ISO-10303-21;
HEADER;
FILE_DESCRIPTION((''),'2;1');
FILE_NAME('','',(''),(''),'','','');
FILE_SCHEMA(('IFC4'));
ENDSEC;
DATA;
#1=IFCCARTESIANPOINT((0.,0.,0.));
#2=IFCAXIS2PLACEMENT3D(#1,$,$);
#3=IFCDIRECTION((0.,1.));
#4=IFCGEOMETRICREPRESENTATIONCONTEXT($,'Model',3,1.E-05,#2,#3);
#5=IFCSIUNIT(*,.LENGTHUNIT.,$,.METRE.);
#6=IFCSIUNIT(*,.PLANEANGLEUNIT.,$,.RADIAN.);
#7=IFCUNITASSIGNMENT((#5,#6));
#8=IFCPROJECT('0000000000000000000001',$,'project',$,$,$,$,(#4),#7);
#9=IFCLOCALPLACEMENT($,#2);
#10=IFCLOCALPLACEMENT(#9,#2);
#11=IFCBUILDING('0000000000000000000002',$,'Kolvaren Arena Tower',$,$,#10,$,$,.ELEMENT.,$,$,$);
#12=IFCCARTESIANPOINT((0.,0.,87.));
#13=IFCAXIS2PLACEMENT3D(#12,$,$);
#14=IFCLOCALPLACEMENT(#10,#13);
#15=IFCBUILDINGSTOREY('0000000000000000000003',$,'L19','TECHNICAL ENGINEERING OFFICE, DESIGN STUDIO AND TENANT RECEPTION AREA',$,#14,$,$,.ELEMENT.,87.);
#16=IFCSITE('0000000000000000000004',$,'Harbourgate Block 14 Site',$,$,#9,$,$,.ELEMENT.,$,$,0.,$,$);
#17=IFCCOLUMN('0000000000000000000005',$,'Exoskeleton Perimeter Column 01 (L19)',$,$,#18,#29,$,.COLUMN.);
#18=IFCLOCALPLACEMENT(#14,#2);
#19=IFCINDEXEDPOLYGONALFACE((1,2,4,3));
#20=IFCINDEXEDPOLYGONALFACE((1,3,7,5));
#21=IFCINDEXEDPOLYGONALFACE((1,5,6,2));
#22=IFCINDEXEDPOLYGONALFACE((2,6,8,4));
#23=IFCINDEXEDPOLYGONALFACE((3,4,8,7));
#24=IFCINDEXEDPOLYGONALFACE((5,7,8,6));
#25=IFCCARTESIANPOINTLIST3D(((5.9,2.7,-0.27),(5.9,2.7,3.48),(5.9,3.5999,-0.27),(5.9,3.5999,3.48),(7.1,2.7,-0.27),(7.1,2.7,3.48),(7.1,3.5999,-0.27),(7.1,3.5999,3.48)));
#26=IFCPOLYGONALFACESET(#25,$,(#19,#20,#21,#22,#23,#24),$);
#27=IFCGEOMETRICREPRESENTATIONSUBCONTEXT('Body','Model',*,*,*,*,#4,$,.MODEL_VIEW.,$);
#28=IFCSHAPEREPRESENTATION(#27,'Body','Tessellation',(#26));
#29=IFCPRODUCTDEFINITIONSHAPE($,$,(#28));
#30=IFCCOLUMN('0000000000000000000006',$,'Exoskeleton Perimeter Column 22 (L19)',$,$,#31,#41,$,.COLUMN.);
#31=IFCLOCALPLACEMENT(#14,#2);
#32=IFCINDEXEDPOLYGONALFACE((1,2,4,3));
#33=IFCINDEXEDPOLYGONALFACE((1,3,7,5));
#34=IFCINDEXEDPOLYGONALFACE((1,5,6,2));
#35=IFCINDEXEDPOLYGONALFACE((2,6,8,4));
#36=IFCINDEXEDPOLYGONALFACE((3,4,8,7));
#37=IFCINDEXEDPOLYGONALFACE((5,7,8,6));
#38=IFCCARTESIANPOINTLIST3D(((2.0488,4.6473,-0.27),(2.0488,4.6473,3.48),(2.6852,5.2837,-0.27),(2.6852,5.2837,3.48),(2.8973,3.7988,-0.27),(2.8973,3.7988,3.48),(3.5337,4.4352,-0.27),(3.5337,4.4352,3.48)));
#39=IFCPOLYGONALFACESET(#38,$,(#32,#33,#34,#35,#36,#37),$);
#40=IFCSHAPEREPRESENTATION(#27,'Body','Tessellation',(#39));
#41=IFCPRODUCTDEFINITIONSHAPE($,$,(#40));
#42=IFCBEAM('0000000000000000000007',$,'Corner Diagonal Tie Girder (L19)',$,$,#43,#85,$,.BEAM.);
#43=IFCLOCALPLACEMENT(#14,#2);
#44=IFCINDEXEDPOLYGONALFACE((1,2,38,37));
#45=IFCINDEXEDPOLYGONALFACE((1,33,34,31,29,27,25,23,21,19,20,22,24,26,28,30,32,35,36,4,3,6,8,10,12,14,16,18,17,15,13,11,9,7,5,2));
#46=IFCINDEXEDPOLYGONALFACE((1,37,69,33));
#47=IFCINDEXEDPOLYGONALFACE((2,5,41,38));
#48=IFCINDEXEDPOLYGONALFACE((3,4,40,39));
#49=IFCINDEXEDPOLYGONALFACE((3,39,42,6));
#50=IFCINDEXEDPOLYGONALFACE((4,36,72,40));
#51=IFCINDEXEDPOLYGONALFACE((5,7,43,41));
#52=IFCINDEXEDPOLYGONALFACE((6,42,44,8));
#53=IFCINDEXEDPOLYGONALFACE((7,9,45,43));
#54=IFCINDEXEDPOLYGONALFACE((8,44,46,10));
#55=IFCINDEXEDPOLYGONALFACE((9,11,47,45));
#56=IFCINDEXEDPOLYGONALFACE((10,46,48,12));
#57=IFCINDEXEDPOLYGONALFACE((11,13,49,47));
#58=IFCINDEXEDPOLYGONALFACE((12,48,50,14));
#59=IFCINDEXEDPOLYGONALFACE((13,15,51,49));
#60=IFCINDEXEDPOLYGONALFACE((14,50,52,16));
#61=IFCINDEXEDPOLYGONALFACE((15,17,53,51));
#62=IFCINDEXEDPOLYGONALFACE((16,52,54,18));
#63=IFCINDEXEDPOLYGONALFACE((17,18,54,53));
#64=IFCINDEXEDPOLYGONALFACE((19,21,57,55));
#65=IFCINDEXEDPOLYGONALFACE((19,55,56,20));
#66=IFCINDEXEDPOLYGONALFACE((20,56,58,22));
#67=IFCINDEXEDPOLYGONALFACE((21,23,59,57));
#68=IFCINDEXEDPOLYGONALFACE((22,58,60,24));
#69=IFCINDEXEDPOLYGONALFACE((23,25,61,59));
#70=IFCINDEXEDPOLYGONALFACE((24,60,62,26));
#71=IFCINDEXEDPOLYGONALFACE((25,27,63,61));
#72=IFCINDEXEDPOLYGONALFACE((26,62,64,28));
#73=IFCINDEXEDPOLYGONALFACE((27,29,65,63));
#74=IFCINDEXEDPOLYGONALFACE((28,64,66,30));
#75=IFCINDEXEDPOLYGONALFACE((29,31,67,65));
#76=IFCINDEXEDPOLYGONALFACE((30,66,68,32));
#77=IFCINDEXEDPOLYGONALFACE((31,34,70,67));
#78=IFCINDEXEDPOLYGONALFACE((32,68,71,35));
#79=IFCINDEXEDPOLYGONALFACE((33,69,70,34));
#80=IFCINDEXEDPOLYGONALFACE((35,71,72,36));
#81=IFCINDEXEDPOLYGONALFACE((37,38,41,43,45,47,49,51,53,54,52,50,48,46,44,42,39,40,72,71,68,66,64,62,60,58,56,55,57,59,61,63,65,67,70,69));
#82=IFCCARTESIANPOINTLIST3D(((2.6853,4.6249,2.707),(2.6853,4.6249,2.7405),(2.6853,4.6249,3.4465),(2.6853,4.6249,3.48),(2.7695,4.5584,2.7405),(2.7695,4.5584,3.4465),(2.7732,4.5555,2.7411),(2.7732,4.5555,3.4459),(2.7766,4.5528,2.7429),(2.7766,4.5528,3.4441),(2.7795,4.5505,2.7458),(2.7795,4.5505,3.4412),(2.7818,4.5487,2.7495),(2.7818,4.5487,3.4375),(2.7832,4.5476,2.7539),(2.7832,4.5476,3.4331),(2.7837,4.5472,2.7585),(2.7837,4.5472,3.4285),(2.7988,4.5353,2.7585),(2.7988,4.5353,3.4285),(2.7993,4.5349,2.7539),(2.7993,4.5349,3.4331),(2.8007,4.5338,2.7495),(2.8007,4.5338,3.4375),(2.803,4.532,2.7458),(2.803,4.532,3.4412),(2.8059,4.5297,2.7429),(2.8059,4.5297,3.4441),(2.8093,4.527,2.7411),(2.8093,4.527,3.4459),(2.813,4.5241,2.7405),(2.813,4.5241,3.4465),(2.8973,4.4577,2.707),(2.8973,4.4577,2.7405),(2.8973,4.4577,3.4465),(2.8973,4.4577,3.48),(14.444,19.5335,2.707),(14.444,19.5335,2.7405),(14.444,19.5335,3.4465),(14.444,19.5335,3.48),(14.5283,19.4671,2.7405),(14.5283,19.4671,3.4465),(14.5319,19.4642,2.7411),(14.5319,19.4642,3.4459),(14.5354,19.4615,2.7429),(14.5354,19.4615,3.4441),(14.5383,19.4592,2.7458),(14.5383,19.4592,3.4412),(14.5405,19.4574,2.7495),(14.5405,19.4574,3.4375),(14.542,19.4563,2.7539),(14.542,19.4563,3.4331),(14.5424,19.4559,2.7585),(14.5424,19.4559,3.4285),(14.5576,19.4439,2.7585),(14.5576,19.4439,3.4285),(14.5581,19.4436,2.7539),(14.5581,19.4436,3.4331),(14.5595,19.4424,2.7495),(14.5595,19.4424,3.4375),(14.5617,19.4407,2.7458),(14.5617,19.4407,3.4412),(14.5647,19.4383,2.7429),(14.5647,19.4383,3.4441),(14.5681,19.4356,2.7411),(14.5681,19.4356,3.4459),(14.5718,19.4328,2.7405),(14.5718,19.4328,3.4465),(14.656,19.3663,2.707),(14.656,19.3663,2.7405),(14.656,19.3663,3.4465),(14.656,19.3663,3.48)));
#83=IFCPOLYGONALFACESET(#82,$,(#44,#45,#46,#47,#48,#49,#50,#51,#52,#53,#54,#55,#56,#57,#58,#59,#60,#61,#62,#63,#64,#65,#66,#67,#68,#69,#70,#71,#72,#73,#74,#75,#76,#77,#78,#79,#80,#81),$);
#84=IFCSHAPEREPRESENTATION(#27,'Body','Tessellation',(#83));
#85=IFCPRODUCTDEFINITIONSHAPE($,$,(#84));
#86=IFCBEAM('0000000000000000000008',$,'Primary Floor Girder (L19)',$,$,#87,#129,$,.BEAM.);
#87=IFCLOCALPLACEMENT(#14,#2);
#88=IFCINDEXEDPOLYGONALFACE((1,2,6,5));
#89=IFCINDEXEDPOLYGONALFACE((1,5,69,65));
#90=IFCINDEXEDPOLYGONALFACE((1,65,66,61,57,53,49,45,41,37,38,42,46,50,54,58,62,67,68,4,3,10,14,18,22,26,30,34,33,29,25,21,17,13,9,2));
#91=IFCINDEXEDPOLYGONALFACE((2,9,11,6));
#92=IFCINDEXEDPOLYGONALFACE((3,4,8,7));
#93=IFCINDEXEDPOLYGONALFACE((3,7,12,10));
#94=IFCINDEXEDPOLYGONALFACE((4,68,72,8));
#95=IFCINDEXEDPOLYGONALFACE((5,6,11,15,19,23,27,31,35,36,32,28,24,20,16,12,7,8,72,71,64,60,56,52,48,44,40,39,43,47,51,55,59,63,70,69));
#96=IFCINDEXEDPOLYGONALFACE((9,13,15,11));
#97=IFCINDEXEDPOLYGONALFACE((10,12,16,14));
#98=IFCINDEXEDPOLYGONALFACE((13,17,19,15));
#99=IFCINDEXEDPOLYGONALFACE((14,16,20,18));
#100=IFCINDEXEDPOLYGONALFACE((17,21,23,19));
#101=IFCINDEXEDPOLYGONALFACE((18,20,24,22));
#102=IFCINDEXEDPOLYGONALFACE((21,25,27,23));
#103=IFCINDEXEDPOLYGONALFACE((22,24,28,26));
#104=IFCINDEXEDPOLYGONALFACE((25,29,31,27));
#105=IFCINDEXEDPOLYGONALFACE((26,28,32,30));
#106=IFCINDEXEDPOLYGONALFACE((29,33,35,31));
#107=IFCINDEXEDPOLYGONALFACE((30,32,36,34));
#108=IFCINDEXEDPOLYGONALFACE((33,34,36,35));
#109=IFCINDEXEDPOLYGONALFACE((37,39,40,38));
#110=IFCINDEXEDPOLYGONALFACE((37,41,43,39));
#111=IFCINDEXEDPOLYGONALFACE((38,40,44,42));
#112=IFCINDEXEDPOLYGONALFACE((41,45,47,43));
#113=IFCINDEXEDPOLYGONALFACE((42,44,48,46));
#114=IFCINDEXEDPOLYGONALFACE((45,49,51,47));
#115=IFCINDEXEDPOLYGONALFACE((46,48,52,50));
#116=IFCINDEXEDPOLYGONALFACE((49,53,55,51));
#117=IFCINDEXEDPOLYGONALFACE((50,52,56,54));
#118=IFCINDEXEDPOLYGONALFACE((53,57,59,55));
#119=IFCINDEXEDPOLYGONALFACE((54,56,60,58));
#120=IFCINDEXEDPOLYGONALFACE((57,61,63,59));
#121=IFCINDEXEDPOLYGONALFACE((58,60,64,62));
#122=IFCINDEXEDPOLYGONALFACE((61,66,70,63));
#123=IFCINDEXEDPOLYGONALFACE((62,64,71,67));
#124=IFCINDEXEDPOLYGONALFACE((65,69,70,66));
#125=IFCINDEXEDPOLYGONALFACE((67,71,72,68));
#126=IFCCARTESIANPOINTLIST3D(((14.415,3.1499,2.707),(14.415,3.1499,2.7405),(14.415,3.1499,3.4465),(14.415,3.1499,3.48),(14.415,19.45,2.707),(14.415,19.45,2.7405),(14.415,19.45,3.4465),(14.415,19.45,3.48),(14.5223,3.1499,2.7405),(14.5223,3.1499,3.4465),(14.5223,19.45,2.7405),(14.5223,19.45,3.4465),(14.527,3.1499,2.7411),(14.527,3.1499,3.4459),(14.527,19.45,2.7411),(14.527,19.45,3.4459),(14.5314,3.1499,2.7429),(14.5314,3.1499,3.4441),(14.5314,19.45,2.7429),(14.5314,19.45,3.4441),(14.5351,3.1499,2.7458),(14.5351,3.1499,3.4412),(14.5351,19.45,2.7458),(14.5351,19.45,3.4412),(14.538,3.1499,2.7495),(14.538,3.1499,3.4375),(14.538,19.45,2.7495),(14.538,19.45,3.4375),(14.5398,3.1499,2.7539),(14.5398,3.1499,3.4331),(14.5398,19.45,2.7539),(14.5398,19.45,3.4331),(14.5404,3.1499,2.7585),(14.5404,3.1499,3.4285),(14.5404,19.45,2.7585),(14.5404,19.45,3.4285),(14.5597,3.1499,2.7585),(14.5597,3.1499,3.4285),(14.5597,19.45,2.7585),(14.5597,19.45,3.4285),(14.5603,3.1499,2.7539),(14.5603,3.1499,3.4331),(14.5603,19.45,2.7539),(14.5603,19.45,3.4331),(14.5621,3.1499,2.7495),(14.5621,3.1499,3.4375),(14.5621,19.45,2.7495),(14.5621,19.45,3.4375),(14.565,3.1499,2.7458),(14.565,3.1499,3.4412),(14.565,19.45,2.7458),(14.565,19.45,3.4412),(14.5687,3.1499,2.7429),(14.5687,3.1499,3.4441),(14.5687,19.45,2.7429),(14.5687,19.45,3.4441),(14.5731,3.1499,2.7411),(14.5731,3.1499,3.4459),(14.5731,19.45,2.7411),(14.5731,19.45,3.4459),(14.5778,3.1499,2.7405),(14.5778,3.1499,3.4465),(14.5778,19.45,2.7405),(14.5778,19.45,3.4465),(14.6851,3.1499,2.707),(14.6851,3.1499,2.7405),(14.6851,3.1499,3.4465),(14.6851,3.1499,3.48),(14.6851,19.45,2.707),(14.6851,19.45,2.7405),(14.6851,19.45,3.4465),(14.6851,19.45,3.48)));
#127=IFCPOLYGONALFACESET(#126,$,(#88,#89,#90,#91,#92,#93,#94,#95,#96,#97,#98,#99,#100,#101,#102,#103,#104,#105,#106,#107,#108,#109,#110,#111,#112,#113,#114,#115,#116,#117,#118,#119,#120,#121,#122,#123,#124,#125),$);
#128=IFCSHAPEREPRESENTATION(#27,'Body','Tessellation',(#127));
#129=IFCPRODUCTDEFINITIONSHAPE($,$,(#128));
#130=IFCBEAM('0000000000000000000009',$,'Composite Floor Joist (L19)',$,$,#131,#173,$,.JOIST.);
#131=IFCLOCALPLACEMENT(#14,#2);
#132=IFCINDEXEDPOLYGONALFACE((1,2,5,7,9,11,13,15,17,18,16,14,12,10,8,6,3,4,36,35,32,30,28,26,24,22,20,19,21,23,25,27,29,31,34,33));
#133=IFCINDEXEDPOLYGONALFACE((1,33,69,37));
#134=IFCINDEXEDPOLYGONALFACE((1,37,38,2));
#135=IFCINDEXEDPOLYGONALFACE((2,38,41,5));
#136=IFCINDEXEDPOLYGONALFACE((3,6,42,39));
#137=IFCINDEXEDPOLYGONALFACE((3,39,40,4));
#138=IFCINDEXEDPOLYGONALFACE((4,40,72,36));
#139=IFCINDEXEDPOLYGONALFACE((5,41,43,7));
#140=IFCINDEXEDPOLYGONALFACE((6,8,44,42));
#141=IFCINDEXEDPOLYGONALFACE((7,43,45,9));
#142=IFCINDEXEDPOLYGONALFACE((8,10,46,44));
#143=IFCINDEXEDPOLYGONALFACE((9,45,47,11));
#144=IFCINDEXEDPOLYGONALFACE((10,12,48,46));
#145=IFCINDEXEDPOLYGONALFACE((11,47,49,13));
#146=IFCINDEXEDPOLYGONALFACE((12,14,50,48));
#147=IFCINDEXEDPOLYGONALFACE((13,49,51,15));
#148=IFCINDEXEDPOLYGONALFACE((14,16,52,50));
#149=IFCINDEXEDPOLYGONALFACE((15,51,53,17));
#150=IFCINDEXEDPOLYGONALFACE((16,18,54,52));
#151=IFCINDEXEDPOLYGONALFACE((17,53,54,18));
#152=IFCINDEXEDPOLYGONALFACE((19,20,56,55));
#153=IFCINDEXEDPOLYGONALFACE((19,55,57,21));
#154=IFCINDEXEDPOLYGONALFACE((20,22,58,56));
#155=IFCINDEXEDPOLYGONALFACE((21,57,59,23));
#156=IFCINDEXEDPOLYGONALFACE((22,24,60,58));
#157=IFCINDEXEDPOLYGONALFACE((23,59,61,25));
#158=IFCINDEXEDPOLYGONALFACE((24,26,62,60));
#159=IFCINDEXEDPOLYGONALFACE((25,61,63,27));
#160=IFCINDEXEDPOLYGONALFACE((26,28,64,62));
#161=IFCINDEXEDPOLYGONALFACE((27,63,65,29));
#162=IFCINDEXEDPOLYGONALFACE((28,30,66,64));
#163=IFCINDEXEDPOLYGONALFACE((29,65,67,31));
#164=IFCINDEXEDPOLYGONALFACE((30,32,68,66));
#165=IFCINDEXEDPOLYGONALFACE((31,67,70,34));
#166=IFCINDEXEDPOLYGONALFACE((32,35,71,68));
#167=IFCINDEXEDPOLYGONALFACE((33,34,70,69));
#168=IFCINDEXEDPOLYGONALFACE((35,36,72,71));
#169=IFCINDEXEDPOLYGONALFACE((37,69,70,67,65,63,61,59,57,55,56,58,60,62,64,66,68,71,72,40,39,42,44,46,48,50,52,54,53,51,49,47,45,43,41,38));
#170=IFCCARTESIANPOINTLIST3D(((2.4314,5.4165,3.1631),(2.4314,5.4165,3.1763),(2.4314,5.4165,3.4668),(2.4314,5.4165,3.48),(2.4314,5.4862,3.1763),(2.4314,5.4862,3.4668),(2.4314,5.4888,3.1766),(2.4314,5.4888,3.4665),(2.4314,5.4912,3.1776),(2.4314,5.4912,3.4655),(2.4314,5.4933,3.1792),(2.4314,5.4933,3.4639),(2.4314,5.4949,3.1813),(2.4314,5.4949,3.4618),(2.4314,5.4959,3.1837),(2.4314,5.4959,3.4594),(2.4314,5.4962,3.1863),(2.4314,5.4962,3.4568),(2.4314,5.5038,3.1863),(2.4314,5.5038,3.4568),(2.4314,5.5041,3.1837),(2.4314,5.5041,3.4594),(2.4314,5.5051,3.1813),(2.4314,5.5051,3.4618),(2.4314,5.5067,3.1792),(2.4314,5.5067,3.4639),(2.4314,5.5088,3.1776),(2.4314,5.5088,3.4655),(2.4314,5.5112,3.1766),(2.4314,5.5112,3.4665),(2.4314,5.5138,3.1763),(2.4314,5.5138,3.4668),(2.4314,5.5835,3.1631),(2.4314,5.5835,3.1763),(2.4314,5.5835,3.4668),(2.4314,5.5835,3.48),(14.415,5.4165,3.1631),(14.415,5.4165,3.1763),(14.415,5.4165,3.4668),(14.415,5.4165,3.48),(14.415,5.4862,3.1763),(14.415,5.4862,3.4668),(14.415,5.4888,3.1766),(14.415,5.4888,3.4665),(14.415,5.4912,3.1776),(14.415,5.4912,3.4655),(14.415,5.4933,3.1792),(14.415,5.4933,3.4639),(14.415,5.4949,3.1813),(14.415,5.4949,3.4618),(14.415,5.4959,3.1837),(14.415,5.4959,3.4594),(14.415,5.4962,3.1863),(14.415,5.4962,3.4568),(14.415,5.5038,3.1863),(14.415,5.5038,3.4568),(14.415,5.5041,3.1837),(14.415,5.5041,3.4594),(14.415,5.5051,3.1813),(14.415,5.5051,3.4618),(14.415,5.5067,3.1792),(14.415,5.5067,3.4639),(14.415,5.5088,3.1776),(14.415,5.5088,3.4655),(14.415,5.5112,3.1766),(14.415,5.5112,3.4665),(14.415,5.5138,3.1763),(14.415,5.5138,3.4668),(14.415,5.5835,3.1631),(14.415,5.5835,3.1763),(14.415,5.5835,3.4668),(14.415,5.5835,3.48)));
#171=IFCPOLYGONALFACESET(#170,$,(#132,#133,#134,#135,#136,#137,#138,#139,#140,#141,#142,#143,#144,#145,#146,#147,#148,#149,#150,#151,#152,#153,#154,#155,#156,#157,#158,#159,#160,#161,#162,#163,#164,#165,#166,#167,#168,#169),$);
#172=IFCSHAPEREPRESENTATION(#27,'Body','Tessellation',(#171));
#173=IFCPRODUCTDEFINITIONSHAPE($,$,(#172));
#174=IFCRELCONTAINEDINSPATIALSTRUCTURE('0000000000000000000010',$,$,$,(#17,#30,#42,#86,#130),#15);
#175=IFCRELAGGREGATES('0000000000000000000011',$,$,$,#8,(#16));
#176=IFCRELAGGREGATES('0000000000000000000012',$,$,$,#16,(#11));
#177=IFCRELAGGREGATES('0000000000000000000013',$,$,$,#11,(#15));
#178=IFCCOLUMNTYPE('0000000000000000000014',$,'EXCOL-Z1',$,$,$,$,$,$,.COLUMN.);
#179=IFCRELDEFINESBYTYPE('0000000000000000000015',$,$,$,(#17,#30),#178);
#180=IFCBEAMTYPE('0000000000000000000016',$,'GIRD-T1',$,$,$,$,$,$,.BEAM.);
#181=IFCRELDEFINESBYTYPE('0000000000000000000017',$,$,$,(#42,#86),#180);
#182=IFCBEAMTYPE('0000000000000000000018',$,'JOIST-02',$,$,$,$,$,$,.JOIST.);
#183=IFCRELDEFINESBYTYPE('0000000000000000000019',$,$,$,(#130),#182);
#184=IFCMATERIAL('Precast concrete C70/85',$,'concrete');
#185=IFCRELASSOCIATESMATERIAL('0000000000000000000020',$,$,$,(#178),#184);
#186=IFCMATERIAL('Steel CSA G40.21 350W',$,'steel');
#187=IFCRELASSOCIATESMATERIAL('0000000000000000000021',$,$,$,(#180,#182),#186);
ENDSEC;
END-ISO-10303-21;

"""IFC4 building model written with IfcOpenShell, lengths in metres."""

from ifc_helpers import new_model, si_unit, direction, frame, origin, origin_2d, place, context, subcontext, project, spatial, rectangle, i_section, extrude, material, material_profile, profile_set, type_object, element, save


model = new_model("IFC4")

# Units and contexts
model_context = context("Model", 3, precision=1e-05, world=origin(), true_north=direction((0.0, 1.0)))
body_context = subcontext(model_context, "Body", "Model", "MODEL_VIEW")
ifc_project = project(units=[si_unit("LENGTHUNIT", "METRE"), si_unit("PLANEANGLEUNIT", "RADIAN")], contexts=[model_context])

# Site, building, storey
site_placement = place(None, origin())
site = spatial("IfcSite", under=ifc_project, at=site_placement, Name="Harbourgate Block 14 Site", CompositionType="ELEMENT", RefElevation=0.0)
building_placement = place(site_placement, origin())
building = spatial("IfcBuilding", under=site, at=building_placement, Name="Kolvaren Arena Tower", CompositionType="ELEMENT")
storey_placement = place(building_placement, frame((0.0, 0.0, 87.0)))
storey = spatial("IfcBuildingStorey", under=building, at=storey_placement, Name="L19", Description="TECHNICAL ENGINEERING OFFICE, DESIGN STUDIO AND TENANT RECEPTION AREA", CompositionType="ELEMENT", Elevation=87.0)

# Columns
ifc_material_1 = material(Name="Precast concrete C70/85", Category="concrete")
ifc_material_profile_1 = material_profile(ifc_material_1, rectangle(XDim=1.2, YDim=0.8999, at=origin_2d()), Name="RC-1200x900")
ifc_profile_set_1 = profile_set([ifc_material_profile_1], Name="Precast concrete C70/85")
column_type = type_object("IfcColumnType", Name="EXCOL-Z1", PredefinedType="COLUMN", material=ifc_profile_set_1)
for number, where, z_axis, x_axis, name in (
    (1, (6.5, 3.1499, -0.27), (0.0, 0.0, 1.0), (1.0, 0.0, 0.0), "Exoskeleton Perimeter Column 01 (L19)"),
    (2, (2.7913, 4.5413, -0.27), (0.0, 0.0, 1.0), (-0.707107, 0.707107, 0.0), "Exoskeleton Perimeter Column 22 (L19)"),
):
    element("IfcColumn", number, at=place(storey_placement, frame(where, z_axis=z_axis, x_axis=x_axis)), inside=storey, type_object=column_type, Name=name, PredefinedType="COLUMN", context=body_context, shape_type="SweptSolid", body=[
        extrude(rectangle(XDim=1.2, YDim=0.8999, at=origin_2d()), origin(), (0.0, 0.0, 1.0), 3.75),
    ])

# Beams
ifc_material_2 = material(Name="Steel CSA G40.21 350W", Category="steel")
ifc_material_profile_2 = material_profile(ifc_material_2, i_section(OverallWidth=0.27, OverallDepth=0.7729, WebThickness=0.0193, FlangeThickness=0.0334, FilletRadius=0.0181, at=origin_2d()), Name="W760x257")
ifc_profile_set_2 = profile_set([ifc_material_profile_2], Name="Steel CSA G40.21 350W")
beam_type_1 = type_object("IfcBeamType", Name="GIRD-T1", PredefinedType="BEAM", material=ifc_profile_set_2)
beam_1_placement = place(storey_placement, frame((2.7913, 4.5413, 3.0935), z_axis=(0.61928, 0.78517, 0.0), x_axis=(-0.78517, 0.61928, 0.0)))
element("IfcBeam", 3, at=beam_1_placement, inside=storey, type_object=beam_type_1, Name="Corner Diagonal Tie Girder (L19)", PredefinedType="BEAM", context=body_context, shape_type="SweptSolid", body=[
    extrude(i_section(OverallWidth=0.27, OverallDepth=0.7729, WebThickness=0.0193, FlangeThickness=0.0334, FilletRadius=0.0181, at=origin_2d()), origin(), (0.0, 0.0, 1.0), 18.9878),
])
beam_2_placement = place(storey_placement, frame((14.55, 3.1499, 3.0935), z_axis=(0.0, 1.0, 0.0), x_axis=(-1.0, 0.0, 0.0)))
element("IfcBeam", 4, at=beam_2_placement, inside=storey, type_object=beam_type_1, Name="Primary Floor Girder (L19)", PredefinedType="BEAM", context=body_context, shape_type="SweptSolid", body=[
    extrude(i_section(OverallWidth=0.27, OverallDepth=0.7729, WebThickness=0.0193, FlangeThickness=0.0334, FilletRadius=0.0181, at=origin_2d()), origin(), (0.0, 0.0, 1.0), 16.3),
])
ifc_material_profile_3 = material_profile(ifc_material_2, i_section(OverallWidth=0.167, OverallDepth=0.3169, WebThickness=0.0076, FlangeThickness=0.0132, FilletRadius=0.01, at=origin_2d()), Name="W310x52")
ifc_profile_set_3 = profile_set([ifc_material_profile_3], Name="Steel CSA G40.21 350W")
beam_type_2 = type_object("IfcBeamType", Name="JOIST-02", PredefinedType="JOIST", material=ifc_profile_set_3)
beam_3_placement = place(storey_placement, frame((2.4314, 5.5, 3.3215), z_axis=(1.0, 0.0, 0.0), x_axis=(0.0, 1.0, 0.0)))
element("IfcBeam", 5, at=beam_3_placement, inside=storey, type_object=beam_type_2, Name="Composite Floor Joist (L19)", PredefinedType="JOIST", context=body_context, shape_type="SweptSolid", body=[
    extrude(i_section(OverallWidth=0.167, OverallDepth=0.3169, WebThickness=0.0076, FlangeThickness=0.0132, FilletRadius=0.01, at=origin_2d()), origin(), (0.0, 0.0, 1.0), 11.9836),
])

save(model, "model.ifc")
